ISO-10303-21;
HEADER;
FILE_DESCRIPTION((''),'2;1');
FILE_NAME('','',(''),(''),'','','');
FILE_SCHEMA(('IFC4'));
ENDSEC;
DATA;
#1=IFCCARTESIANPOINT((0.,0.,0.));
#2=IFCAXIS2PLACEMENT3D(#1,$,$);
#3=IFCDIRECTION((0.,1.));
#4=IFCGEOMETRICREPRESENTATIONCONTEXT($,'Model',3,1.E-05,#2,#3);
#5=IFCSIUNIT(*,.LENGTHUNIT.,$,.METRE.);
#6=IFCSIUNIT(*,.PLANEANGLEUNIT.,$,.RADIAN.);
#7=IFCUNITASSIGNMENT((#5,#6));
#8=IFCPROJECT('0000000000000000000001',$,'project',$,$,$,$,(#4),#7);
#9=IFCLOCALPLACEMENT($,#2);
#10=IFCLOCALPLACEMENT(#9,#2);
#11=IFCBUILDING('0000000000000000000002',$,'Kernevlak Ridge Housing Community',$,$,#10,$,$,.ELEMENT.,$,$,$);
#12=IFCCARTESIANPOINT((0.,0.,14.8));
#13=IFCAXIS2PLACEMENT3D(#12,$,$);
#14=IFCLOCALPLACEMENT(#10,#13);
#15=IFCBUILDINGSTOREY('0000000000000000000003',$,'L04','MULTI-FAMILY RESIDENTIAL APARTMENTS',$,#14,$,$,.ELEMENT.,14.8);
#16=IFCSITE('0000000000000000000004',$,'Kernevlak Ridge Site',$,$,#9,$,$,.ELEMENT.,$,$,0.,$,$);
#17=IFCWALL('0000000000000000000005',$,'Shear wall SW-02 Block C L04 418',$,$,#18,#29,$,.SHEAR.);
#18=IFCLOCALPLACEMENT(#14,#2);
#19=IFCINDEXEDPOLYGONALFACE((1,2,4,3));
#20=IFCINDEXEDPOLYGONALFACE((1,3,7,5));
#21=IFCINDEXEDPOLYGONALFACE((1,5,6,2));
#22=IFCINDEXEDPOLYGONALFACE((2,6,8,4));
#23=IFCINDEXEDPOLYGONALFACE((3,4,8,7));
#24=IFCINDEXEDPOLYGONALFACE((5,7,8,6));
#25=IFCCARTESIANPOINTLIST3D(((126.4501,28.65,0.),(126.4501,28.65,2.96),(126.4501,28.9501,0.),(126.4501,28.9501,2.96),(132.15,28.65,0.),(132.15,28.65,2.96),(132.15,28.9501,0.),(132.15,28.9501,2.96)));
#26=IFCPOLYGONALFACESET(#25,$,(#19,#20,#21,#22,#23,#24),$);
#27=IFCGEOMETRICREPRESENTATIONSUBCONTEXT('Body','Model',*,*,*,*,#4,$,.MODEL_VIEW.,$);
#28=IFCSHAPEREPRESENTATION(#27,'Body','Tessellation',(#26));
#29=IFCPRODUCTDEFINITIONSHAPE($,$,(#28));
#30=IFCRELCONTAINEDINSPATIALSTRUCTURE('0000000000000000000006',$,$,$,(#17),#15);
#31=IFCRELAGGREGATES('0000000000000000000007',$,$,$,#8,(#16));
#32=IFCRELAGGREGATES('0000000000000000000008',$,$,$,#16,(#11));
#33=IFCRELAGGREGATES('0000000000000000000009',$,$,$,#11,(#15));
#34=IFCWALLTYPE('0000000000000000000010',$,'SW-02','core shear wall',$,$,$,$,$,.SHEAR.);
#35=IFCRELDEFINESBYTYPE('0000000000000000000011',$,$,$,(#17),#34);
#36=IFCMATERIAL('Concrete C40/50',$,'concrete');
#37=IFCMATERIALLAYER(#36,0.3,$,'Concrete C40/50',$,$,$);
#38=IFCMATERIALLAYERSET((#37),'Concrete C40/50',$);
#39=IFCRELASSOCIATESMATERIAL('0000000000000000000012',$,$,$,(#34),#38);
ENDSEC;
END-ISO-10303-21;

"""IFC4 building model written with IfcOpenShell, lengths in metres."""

from ifc_helpers import new_model, si_unit, direction, frame, frame_2d, origin, place, context, subcontext, project, spatial, rectangle, extrude, material, layer, layer_set, type_object, element, save


model = new_model("IFC4")

# Units and contexts
model_context = context("Model", 3, precision=1e-05, world=origin(), true_north=direction((0.0, 1.0)))
body_context = subcontext(model_context, "Body", "Model", "MODEL_VIEW")
ifc_project = project(units=[si_unit("LENGTHUNIT", "METRE"), si_unit("PLANEANGLEUNIT", "RADIAN")], contexts=[model_context])

# Site, building, storey
site_placement = place(None, origin())
site = spatial("IfcSite", under=ifc_project, at=site_placement, Name="Kernevlak Ridge Site", CompositionType="ELEMENT", RefElevation=0.0)
building_placement = place(site_placement, origin())
building = spatial("IfcBuilding", under=site, at=building_placement, Name="Kernevlak Ridge Housing Community", CompositionType="ELEMENT")
storey_placement = place(building_placement, frame((0.0, 0.0, 14.8)))
storey = spatial("IfcBuildingStorey", under=building, at=storey_placement, Name="L04", Description="MULTI-FAMILY RESIDENTIAL APARTMENTS", CompositionType="ELEMENT", Elevation=14.8)

# Shared definitions
ifc_material_1 = material(Name="Concrete C40/50", Category="concrete")

# Wall
ifc_layer_1 = layer(ifc_material_1, 0.3, Name="Concrete C40/50")
ifc_layer_set_1 = layer_set([ifc_layer_1], Name="Concrete C40/50")
wall_type_1 = type_object("IfcWallType", Name="SW-02", Description="core shear wall", PredefinedType="SHEAR", material=ifc_layer_set_1)
wall_1_placement = place(storey_placement, frame((126.45, 28.8, 0.0), z_axis=(0.0, 0.0, 1.0), x_axis=(1.0, 0.0, 0.0)))
element("IfcWall", 1, at=wall_1_placement, inside=storey, type_object=wall_type_1, Name="Shear wall SW-02 Block C L04 418", PredefinedType="SHEAR", context=body_context, shape_type="SweptSolid", body=[
    extrude(rectangle(XDim=5.7, YDim=0.3, at=frame_2d((2.8501, 0.0))), origin(), (0.0, 0.0, 1.0), 2.96),
])

save(model, "model.ifc")
